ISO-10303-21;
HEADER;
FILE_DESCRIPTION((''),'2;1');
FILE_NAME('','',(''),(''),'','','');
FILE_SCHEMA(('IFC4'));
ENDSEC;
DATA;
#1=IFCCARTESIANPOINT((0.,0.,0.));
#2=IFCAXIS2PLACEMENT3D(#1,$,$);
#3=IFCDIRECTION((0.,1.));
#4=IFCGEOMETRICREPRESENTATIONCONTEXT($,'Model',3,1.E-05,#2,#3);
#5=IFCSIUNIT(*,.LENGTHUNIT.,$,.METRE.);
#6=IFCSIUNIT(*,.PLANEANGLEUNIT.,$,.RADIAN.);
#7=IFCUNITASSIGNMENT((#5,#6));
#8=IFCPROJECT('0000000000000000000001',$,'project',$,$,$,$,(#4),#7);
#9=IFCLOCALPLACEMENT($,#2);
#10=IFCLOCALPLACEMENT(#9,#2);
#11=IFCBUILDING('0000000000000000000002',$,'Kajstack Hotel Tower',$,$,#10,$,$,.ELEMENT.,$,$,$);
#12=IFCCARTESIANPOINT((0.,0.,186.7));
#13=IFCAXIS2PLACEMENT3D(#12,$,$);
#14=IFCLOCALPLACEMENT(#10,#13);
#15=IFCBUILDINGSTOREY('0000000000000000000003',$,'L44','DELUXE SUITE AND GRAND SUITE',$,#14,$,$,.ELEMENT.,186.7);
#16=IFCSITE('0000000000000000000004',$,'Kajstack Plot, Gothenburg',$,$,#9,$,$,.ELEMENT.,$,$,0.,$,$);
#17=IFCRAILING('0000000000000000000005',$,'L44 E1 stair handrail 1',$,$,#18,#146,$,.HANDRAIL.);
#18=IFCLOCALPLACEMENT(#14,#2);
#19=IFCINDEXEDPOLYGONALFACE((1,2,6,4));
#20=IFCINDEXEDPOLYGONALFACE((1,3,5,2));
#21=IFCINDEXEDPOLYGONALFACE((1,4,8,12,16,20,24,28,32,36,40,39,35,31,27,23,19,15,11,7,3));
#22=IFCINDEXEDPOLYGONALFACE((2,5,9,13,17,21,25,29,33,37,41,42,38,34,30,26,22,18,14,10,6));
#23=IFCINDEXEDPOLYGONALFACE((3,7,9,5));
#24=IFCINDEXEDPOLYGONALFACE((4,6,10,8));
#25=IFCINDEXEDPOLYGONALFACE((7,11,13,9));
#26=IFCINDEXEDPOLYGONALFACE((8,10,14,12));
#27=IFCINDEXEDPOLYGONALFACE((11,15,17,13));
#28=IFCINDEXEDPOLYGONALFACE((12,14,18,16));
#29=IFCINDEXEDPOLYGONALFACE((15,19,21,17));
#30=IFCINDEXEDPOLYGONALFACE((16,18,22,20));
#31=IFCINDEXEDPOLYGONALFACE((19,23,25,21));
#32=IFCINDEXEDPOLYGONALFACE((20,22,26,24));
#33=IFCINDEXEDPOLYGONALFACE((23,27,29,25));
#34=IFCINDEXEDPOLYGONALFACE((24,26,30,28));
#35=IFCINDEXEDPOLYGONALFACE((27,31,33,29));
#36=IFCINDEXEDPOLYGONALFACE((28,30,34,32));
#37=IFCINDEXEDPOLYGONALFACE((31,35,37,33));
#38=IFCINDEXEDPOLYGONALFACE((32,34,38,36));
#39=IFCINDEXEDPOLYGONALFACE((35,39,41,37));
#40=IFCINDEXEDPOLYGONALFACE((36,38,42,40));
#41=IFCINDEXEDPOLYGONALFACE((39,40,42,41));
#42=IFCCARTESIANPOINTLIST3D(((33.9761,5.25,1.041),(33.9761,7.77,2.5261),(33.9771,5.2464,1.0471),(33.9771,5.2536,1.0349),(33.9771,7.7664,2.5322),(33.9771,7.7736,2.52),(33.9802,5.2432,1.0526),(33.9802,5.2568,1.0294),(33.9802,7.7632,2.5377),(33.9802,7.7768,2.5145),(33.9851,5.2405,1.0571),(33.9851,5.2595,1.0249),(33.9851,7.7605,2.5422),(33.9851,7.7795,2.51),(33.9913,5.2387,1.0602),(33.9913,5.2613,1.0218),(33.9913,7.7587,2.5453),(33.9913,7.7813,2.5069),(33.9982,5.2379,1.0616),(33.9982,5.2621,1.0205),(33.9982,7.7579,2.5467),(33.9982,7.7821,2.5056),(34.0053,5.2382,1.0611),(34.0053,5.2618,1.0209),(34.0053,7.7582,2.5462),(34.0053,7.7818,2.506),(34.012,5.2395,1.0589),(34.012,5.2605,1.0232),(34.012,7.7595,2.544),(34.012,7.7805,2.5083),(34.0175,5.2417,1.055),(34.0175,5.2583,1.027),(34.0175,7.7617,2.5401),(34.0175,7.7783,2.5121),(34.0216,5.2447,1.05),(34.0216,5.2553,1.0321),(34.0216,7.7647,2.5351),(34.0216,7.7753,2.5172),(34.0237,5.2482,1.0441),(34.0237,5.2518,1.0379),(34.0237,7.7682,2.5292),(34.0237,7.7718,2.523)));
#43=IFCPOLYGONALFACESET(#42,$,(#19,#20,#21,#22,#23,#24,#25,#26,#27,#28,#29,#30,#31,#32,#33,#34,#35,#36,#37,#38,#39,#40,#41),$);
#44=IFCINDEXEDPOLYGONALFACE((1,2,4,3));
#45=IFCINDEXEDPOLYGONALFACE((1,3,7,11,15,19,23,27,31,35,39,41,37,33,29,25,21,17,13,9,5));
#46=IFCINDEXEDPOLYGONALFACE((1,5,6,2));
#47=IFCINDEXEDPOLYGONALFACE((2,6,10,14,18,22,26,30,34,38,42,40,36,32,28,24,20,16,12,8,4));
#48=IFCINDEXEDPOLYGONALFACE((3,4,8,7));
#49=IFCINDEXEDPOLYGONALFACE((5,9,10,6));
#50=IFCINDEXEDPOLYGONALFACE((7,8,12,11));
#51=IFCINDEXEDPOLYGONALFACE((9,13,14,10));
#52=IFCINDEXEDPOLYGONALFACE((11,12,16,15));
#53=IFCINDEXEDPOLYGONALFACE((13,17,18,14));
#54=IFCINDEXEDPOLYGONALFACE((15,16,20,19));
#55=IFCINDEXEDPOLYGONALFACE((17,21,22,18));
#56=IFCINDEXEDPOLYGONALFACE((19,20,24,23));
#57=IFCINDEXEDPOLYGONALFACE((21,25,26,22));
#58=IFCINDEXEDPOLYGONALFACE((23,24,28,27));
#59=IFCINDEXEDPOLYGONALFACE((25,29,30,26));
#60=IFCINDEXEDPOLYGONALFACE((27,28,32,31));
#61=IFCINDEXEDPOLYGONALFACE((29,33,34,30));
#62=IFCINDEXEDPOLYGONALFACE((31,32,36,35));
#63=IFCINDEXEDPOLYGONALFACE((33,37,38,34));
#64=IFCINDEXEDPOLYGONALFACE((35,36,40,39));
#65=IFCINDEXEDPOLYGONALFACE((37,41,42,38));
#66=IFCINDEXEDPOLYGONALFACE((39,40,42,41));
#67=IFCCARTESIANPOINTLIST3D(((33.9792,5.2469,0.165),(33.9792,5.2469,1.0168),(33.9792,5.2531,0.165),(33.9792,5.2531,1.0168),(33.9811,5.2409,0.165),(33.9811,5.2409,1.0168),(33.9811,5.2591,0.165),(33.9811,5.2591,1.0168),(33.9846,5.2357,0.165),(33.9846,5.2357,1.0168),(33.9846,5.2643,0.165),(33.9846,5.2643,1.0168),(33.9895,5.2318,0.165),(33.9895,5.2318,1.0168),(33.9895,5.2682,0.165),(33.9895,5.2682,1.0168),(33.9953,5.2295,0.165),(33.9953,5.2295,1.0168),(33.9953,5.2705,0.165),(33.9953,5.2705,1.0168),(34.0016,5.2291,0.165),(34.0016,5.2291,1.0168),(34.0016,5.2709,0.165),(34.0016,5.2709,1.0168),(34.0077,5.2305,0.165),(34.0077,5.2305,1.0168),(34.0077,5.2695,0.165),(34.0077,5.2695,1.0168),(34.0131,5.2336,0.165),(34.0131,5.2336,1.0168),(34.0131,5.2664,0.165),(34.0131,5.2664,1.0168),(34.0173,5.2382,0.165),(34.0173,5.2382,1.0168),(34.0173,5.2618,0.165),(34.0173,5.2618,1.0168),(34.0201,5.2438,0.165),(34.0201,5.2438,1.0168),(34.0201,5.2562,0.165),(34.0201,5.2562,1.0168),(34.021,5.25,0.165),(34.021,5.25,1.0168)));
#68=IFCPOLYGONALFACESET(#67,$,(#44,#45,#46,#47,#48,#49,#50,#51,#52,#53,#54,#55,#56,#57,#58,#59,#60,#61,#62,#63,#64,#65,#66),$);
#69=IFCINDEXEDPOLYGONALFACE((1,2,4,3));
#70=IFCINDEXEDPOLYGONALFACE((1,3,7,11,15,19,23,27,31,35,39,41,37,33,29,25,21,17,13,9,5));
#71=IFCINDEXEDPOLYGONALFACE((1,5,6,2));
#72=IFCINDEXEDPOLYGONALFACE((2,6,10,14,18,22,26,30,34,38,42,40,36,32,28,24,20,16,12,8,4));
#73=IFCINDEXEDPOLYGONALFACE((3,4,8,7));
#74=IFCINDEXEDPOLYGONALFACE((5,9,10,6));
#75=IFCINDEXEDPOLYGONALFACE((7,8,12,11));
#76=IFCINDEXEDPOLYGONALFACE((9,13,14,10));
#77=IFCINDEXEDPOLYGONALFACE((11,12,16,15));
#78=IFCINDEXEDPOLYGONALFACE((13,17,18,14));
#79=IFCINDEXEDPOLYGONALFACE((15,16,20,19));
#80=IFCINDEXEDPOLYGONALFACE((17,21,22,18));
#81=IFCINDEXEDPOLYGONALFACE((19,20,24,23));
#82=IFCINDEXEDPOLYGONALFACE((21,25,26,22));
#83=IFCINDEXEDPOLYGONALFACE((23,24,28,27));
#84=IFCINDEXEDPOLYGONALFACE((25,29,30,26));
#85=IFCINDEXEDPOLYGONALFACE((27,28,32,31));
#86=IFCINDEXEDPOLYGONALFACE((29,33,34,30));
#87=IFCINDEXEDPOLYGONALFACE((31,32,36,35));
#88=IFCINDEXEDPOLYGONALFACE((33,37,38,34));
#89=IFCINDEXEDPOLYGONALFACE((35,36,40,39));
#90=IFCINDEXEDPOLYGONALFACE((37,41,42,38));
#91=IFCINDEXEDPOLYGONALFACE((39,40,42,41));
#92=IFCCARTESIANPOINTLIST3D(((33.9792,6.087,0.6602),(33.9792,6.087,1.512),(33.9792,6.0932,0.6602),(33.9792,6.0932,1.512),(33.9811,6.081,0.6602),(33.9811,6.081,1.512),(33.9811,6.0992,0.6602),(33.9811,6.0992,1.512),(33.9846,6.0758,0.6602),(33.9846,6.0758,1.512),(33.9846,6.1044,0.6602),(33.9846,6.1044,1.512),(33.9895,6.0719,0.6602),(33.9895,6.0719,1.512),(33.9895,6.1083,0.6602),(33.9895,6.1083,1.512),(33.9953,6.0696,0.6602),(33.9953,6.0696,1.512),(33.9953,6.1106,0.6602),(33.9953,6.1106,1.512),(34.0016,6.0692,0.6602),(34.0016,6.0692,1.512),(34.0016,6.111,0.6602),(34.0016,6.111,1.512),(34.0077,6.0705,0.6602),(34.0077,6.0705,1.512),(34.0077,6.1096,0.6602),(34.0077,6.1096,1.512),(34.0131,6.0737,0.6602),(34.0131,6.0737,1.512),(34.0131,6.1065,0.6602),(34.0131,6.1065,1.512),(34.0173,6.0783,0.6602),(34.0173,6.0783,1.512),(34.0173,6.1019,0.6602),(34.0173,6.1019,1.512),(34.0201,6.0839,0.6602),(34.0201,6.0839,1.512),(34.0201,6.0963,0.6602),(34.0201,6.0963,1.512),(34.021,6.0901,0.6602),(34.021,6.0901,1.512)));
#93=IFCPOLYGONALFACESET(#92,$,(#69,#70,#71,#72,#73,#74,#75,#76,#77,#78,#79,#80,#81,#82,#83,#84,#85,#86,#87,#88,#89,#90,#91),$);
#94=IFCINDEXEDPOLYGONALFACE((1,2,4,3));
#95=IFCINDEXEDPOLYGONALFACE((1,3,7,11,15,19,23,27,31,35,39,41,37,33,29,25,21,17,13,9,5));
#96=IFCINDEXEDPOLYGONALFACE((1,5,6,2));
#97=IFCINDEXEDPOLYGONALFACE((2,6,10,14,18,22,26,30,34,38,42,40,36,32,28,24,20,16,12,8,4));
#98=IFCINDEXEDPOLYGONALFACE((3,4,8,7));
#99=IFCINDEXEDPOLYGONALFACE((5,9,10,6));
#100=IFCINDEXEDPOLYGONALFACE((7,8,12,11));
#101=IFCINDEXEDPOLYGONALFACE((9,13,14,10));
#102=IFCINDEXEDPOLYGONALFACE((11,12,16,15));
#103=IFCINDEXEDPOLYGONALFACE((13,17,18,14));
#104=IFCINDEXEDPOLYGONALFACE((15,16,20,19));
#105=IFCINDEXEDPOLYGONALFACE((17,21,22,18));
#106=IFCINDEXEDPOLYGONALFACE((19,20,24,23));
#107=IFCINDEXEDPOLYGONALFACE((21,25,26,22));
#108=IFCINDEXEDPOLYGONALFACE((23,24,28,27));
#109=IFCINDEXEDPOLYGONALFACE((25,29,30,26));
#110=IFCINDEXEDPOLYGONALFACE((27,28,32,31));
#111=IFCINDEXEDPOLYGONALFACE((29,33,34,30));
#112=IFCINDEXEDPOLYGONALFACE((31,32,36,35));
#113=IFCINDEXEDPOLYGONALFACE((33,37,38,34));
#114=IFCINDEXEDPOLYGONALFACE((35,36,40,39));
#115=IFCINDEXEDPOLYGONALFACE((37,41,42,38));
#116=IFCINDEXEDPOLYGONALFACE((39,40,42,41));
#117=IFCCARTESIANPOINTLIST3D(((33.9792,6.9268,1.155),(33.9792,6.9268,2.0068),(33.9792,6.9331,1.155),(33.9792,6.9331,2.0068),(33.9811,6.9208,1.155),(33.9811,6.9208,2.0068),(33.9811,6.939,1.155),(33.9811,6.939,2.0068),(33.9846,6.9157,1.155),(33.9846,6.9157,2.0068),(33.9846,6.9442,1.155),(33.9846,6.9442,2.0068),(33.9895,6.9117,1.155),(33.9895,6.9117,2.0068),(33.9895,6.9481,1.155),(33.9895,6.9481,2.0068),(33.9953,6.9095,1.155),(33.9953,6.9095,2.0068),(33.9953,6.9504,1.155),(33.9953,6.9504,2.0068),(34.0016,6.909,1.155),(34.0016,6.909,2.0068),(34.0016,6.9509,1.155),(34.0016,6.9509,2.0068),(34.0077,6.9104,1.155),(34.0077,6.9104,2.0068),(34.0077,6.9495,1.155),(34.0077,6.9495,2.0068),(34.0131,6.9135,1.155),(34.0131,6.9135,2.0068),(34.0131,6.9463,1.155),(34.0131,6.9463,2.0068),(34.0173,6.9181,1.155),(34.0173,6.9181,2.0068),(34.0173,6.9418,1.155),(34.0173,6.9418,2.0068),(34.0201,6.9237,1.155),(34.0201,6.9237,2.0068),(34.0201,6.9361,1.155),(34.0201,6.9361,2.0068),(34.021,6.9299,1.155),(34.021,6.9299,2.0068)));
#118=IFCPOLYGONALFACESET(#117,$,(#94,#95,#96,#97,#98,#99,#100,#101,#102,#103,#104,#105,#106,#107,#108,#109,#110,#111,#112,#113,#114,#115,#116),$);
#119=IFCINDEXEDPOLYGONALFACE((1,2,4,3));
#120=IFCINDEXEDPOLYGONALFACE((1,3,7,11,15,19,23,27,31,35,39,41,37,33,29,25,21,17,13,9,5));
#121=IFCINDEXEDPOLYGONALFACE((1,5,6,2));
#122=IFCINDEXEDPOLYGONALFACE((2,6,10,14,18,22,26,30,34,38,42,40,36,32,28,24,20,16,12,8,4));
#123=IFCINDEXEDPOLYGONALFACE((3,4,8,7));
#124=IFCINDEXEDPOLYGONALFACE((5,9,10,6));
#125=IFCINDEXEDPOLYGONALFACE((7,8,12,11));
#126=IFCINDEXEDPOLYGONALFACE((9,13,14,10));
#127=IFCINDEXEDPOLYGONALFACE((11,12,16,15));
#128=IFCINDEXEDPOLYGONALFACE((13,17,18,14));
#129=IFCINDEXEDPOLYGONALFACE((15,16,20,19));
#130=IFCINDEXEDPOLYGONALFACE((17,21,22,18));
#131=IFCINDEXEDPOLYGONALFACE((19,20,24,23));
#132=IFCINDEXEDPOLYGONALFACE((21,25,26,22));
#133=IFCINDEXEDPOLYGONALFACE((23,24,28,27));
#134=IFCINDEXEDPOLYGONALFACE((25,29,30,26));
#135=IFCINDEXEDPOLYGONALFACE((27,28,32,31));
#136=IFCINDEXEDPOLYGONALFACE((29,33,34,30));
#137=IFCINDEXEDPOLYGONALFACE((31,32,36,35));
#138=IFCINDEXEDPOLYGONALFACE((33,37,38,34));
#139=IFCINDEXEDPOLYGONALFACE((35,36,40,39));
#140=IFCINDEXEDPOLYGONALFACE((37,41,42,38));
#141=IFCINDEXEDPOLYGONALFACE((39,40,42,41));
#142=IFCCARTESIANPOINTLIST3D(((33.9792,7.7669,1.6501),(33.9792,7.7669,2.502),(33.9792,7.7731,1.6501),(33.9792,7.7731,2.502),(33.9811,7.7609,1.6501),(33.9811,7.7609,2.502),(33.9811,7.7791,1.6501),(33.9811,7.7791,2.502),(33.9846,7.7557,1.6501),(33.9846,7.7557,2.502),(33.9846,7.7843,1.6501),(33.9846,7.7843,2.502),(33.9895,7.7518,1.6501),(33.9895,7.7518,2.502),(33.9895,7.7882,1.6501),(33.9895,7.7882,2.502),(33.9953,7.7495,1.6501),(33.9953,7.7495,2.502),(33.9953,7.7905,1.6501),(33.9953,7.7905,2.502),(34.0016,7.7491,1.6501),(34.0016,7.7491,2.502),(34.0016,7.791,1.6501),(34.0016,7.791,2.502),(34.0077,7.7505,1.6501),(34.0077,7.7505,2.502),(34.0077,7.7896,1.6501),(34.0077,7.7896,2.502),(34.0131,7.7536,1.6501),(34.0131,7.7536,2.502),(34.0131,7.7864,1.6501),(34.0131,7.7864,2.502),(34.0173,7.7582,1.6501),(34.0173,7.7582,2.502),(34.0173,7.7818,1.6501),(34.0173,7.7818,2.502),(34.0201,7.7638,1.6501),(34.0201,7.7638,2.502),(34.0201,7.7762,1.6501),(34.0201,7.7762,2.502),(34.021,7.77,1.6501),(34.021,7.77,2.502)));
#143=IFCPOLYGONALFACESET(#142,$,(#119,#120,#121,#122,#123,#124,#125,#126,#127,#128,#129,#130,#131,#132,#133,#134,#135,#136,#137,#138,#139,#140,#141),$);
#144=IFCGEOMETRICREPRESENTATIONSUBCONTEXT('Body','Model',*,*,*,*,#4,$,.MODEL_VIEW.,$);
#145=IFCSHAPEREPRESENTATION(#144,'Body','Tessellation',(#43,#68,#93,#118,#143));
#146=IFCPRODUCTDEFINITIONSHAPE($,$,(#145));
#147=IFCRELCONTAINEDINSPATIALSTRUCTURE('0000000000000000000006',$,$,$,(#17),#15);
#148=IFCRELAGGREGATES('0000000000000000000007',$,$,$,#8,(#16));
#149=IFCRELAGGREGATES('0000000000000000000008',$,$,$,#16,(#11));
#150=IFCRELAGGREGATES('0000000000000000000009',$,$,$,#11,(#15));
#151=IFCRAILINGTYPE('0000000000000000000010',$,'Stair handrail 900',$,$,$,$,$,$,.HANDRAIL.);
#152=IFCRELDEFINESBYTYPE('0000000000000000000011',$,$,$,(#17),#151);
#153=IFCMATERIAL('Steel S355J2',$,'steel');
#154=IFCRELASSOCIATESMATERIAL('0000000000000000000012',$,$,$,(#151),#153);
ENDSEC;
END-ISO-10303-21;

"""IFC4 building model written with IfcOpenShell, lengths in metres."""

from ifc_helpers import new_model, si_unit, direction, frame, origin, origin_2d, place, context, subcontext, project, spatial, circle, extrude, material, type_object, element, save


model = new_model("IFC4")

# Units and contexts
model_context = context("Model", 3, precision=1e-05, world=origin(), true_north=direction((0.0, 1.0)))
body_context = subcontext(model_context, "Body", "Model", "MODEL_VIEW")
ifc_project = project(units=[si_unit("LENGTHUNIT", "METRE"), si_unit("PLANEANGLEUNIT", "RADIAN")], contexts=[model_context])

# Site, building, storey
site_placement = place(None, origin())
site = spatial("IfcSite", under=ifc_project, at=site_placement, Name="Kajstack Plot, Gothenburg", CompositionType="ELEMENT", RefElevation=0.0)
building_placement = place(site_placement, origin())
building = spatial("IfcBuilding", under=site, at=building_placement, Name="Kajstack Hotel Tower", CompositionType="ELEMENT")
storey_placement = place(building_placement, frame((0.0, 0.0, 186.7)))
storey = spatial("IfcBuildingStorey", under=building, at=storey_placement, Name="L44", Description="DELUXE SUITE AND GRAND SUITE", CompositionType="ELEMENT", Elevation=186.7)

# Railing
ifc_material_1 = material(Name="Steel S355J2", Category="steel")
railing_type_1 = type_object("IfcRailingType", Name="Stair handrail 900", PredefinedType="HANDRAIL", material=ifc_material_1)
railing_1_placement = place(storey_placement, frame((34.0, 5.25, 0.165)))
element("IfcRailing", 1, at=railing_1_placement, inside=storey, type_object=railing_type_1, Name="L44 E1 stair handrail 1", PredefinedType="HANDRAIL", context=body_context, shape_type="SweptSolid", body=[
    extrude(circle(Radius=0.0239, at=origin_2d()), frame((0.0, 0.0, 0.876), z_axis=(0.0, 0.861524, 0.507717), x_axis=(-1.0, 0.0, 0.0)), (0.0, 0.0, 1.0), 2.925),
    extrude(circle(Radius=0.021, at=origin_2d()), origin(), (0.0, 0.0, 1.0), 0.8518),
    extrude(circle(Radius=0.021, at=origin_2d()), frame((0.0, 0.8401, 0.4951)), (0.0, 0.0, 1.0), 0.8518),
    extrude(circle(Radius=0.021, at=origin_2d()), frame((0.0, 1.6799, 0.99)), (0.0, 0.0, 1.0), 0.8518),
    extrude(circle(Radius=0.021, at=origin_2d()), frame((0.0, 2.52, 1.4851)), (0.0, 0.0, 1.0), 0.8518),
])

save(model, "model.ifc")
